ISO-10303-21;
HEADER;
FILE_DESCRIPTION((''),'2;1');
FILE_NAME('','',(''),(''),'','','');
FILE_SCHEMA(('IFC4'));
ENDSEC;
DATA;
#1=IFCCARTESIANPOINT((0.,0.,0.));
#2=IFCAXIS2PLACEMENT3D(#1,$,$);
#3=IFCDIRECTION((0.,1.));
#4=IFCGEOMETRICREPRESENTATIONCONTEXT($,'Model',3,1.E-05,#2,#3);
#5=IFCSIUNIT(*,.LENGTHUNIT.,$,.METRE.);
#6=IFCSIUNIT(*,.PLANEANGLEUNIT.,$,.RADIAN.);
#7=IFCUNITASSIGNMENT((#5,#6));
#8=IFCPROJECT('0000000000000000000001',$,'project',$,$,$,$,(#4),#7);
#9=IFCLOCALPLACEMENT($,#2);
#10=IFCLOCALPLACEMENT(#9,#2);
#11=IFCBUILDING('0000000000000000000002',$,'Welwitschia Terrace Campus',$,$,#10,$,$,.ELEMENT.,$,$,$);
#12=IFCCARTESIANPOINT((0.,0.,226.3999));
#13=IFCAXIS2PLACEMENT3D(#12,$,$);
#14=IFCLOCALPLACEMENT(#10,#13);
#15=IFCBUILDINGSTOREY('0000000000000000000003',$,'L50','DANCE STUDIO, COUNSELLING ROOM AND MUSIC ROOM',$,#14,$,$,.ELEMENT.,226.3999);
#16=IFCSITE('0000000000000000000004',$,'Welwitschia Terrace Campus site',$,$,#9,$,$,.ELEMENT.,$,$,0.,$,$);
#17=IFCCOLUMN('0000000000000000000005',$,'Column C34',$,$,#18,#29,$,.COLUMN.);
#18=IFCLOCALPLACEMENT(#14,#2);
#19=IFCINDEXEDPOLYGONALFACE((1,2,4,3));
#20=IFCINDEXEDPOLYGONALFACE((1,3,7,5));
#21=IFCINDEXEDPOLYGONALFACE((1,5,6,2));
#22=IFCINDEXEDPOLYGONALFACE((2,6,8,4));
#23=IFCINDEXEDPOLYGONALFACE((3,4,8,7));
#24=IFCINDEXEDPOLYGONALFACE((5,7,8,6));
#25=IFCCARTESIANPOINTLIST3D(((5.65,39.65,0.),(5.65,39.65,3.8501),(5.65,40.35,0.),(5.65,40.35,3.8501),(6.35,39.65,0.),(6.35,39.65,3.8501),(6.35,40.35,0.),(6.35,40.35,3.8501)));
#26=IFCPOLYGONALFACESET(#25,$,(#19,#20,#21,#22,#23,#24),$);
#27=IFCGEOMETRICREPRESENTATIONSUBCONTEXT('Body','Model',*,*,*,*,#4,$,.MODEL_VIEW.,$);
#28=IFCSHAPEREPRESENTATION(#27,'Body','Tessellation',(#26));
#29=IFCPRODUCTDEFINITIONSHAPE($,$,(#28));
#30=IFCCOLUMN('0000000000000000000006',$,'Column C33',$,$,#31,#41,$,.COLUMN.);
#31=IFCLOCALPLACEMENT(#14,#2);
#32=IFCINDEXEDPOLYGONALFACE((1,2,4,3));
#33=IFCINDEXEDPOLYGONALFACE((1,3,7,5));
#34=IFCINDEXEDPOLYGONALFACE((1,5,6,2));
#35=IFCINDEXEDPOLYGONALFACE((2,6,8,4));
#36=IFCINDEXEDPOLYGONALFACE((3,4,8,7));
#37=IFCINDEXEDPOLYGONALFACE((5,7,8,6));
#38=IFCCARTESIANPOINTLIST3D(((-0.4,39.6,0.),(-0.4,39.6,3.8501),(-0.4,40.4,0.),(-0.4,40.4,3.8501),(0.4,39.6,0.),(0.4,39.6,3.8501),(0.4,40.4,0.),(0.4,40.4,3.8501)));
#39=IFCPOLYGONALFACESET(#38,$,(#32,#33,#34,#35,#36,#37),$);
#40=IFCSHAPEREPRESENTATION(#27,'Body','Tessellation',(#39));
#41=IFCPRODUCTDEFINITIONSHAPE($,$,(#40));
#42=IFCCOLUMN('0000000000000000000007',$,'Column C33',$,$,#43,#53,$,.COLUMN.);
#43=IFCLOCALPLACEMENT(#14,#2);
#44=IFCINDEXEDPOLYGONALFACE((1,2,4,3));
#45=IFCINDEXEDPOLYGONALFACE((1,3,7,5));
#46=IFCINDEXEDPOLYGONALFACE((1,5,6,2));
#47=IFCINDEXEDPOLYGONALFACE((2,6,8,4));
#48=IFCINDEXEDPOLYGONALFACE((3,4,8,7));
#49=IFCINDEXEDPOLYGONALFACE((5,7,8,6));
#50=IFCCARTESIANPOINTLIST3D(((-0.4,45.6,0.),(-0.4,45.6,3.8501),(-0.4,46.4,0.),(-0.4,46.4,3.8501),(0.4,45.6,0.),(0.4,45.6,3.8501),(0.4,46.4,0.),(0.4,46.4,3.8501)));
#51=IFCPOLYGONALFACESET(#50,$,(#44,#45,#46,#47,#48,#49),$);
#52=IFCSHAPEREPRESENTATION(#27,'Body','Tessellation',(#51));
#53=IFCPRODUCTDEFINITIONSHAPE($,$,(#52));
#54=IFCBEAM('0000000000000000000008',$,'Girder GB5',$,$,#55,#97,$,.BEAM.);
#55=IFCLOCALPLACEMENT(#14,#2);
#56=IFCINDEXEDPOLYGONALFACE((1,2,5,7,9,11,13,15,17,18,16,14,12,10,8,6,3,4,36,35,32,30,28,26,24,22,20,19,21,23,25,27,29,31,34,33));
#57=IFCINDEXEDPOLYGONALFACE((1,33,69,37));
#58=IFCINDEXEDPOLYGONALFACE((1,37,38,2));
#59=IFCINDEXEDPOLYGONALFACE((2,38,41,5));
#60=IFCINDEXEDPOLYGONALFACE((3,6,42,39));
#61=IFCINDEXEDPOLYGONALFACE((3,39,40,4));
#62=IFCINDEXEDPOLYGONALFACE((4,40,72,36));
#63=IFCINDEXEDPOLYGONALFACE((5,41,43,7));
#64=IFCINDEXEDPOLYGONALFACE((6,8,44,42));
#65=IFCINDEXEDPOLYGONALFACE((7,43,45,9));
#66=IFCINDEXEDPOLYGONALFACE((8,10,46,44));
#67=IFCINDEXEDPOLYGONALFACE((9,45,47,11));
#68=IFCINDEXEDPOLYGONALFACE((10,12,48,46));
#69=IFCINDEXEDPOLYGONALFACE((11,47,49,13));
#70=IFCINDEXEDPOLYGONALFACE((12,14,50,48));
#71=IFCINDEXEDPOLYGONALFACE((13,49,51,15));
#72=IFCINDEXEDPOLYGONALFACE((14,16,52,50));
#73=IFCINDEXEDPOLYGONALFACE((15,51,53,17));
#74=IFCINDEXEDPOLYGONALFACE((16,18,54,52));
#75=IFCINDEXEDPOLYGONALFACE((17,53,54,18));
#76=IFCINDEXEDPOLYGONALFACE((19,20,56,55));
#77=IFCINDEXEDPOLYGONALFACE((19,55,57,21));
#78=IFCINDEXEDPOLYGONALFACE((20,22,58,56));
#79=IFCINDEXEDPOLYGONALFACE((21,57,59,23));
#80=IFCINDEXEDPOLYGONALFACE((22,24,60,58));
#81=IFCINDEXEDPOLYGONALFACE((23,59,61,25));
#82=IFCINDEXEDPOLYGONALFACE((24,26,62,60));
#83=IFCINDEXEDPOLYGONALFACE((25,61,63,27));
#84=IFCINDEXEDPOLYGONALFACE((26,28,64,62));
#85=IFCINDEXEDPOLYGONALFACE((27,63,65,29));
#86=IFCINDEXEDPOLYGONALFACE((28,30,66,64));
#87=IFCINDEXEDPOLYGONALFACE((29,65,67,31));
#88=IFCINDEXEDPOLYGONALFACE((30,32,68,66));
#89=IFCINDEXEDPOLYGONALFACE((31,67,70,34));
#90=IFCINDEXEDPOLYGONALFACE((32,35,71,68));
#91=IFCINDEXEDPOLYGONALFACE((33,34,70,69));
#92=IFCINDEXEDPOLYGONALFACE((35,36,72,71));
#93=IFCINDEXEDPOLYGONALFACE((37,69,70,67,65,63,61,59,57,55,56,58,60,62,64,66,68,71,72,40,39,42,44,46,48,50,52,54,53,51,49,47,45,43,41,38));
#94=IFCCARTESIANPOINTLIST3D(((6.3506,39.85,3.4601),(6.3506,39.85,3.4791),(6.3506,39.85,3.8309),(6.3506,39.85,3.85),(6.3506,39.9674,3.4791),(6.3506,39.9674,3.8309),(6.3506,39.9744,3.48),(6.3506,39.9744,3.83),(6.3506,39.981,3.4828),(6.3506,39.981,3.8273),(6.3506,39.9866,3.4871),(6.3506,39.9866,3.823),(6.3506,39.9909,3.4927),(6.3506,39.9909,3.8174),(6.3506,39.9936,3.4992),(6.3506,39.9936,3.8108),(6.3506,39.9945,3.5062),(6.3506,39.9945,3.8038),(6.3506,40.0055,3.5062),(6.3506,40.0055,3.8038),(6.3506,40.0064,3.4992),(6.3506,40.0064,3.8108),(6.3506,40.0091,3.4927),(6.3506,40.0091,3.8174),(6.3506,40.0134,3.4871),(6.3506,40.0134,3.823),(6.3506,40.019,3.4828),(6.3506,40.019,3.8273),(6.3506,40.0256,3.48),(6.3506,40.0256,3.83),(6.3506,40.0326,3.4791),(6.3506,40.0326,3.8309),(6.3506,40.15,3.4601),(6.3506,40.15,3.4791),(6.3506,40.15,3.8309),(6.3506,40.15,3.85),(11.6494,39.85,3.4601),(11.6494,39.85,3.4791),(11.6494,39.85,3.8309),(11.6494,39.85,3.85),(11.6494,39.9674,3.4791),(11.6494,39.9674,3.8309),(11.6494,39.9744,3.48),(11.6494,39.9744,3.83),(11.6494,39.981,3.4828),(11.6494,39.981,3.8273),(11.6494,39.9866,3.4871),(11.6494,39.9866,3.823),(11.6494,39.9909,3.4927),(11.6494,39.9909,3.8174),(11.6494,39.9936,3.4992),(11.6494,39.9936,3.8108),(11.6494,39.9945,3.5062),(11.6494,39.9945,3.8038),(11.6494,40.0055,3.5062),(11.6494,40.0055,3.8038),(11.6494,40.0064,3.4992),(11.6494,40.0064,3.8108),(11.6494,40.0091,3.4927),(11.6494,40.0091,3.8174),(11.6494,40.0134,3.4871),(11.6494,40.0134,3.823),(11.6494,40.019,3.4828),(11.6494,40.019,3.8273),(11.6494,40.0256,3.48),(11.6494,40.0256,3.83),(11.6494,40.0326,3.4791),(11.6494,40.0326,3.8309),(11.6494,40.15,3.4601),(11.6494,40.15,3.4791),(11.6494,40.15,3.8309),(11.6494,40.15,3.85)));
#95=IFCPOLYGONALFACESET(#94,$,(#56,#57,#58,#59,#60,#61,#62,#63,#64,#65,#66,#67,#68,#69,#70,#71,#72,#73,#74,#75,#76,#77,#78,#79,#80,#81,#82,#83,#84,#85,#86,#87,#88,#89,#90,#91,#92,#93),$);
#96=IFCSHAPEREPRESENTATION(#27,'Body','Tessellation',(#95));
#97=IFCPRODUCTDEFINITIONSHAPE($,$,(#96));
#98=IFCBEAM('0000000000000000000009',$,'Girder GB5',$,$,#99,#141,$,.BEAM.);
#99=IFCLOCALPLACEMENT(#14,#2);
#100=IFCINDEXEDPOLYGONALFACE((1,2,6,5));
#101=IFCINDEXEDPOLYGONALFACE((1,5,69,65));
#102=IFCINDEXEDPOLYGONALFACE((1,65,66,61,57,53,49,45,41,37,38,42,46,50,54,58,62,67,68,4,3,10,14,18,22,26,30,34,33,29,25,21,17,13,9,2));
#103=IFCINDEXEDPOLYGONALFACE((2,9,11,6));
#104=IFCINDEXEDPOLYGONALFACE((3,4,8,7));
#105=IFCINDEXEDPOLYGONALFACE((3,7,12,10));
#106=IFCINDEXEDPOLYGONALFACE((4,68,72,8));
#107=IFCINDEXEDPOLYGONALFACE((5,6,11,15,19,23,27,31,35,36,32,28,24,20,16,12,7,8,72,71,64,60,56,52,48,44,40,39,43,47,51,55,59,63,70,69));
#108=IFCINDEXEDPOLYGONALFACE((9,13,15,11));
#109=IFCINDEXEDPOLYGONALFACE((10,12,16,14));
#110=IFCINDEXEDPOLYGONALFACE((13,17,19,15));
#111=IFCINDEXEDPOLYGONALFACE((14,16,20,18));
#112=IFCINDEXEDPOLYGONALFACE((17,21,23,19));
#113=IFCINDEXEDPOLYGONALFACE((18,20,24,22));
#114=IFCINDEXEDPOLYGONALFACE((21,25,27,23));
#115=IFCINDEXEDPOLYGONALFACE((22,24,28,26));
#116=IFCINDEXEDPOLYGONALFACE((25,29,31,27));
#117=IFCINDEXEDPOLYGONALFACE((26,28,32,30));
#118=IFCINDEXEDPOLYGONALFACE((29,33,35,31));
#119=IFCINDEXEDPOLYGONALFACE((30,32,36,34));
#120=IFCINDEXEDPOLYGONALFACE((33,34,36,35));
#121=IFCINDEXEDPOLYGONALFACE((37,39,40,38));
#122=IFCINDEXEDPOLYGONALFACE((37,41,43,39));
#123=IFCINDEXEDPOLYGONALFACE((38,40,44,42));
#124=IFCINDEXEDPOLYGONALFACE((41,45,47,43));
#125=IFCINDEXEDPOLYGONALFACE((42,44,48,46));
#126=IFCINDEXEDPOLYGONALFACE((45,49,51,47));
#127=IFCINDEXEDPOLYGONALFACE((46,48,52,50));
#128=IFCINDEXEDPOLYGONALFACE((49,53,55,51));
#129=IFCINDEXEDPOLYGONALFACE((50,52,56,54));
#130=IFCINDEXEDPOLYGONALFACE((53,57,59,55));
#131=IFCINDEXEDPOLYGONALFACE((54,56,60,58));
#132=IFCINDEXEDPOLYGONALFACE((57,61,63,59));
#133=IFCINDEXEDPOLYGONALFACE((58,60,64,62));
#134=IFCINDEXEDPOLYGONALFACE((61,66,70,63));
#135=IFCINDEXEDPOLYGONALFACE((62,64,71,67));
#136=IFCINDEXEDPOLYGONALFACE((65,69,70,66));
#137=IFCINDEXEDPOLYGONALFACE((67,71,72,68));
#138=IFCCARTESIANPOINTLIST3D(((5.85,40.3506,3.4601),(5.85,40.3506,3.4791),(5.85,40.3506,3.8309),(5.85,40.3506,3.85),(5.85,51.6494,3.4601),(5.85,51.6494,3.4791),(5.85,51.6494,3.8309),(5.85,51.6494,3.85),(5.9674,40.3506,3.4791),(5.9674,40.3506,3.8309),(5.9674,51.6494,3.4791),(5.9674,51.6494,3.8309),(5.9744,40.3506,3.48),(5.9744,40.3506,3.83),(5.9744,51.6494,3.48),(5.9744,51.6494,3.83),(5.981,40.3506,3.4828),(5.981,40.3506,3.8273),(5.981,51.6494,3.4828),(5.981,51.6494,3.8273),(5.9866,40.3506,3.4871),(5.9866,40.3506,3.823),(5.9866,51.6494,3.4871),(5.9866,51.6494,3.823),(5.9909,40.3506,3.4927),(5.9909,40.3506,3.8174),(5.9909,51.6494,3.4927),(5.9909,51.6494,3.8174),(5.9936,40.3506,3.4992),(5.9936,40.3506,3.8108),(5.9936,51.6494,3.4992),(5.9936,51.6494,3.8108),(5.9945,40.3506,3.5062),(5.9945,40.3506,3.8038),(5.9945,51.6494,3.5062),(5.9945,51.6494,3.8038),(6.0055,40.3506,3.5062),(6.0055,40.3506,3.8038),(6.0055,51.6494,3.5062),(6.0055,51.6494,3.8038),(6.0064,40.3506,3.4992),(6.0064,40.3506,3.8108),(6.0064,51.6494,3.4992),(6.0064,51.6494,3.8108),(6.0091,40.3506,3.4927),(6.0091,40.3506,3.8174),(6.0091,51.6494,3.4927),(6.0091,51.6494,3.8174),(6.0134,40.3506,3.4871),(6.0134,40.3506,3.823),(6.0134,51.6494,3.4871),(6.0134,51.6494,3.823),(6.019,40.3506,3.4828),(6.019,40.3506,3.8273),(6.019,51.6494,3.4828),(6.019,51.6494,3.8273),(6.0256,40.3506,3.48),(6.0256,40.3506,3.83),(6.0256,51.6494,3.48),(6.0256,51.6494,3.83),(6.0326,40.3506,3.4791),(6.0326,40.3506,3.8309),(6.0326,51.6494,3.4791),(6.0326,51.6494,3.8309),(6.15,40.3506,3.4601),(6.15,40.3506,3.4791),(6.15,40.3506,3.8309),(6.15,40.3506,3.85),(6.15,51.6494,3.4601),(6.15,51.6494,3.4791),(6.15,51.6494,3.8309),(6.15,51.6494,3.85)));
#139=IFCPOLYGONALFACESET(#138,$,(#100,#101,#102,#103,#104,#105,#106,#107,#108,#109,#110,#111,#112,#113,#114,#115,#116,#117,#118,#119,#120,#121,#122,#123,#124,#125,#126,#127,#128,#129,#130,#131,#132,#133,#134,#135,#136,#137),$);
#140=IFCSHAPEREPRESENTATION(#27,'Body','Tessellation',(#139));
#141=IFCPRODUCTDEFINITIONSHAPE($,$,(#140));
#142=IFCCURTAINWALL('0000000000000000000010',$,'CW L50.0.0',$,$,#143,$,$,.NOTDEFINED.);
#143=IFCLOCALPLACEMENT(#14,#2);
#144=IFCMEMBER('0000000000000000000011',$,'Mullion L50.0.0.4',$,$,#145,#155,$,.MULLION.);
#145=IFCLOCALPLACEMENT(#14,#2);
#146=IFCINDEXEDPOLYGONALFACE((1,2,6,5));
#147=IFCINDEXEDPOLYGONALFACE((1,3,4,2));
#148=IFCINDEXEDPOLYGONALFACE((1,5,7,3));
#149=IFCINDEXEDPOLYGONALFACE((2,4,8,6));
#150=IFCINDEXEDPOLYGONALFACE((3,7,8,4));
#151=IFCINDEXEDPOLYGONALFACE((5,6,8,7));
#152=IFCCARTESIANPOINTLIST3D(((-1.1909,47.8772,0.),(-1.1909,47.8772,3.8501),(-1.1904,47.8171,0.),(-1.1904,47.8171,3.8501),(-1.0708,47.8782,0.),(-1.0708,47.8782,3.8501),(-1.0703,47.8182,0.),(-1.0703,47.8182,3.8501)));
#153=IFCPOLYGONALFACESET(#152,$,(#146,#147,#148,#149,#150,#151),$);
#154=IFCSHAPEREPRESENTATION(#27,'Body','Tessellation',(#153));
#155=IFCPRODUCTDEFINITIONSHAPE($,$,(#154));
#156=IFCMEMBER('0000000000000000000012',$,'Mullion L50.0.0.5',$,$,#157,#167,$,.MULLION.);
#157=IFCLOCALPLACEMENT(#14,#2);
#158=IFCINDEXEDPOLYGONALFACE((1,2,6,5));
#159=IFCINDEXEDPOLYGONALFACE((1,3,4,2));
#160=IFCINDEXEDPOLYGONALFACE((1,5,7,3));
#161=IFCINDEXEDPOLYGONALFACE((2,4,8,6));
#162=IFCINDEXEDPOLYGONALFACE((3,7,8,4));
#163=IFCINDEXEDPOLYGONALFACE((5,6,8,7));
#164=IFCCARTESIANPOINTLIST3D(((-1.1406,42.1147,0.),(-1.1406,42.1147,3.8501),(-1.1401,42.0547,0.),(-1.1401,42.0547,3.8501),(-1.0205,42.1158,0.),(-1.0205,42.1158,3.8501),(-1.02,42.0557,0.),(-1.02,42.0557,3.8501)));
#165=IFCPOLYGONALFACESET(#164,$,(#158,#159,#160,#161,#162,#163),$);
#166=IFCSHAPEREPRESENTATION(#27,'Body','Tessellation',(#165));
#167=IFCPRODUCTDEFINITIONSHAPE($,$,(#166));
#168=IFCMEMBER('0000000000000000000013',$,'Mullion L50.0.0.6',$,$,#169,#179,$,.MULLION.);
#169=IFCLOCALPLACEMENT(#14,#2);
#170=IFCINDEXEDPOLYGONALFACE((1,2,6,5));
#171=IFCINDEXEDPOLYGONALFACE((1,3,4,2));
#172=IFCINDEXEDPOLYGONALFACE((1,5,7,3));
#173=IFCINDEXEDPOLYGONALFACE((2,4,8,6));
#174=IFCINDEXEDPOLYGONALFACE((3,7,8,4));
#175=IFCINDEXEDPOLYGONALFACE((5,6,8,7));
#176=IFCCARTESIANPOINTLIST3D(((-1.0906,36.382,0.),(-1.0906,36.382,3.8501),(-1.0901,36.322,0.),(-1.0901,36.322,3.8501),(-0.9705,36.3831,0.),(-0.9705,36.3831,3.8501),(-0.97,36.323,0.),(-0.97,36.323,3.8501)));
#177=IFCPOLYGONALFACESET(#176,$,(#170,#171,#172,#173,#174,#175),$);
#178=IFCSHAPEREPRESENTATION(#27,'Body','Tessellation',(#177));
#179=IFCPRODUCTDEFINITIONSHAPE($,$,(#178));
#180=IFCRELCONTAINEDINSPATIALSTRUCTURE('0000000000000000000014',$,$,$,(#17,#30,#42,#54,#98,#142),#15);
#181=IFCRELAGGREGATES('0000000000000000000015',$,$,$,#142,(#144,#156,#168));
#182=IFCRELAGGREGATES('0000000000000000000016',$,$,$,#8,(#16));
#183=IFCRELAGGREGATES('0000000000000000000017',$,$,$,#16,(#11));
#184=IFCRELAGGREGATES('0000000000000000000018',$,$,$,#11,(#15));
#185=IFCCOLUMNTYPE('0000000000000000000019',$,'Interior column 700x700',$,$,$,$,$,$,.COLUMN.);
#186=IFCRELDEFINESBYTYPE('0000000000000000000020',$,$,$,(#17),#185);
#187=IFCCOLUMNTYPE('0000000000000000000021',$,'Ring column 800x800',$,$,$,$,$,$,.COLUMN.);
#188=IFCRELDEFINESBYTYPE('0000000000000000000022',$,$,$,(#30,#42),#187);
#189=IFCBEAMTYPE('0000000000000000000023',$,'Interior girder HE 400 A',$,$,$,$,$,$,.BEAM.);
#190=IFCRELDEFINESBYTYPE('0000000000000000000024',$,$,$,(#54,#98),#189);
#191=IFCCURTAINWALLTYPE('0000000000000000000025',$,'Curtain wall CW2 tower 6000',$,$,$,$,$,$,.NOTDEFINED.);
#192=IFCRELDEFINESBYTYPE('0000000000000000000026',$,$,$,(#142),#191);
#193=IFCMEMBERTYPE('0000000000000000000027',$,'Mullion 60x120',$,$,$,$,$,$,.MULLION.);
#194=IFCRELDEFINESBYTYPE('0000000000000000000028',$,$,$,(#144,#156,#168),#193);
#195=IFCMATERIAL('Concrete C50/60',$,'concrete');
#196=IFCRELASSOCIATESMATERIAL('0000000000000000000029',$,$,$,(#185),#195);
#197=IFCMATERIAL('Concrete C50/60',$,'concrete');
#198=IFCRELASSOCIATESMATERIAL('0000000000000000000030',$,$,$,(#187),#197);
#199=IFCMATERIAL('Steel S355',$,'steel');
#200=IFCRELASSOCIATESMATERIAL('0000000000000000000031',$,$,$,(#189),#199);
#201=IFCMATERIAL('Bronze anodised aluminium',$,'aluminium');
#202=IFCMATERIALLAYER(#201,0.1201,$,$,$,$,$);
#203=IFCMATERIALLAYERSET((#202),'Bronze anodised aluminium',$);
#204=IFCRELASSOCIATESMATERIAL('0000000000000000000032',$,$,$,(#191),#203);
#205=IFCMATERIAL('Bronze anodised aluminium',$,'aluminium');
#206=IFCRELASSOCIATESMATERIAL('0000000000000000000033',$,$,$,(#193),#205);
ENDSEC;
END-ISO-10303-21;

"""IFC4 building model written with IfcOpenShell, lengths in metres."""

from ifc_helpers import new_model, si_unit, direction, frame, origin, origin_2d, place, context, subcontext, project, spatial, rectangle, i_section, extrude, material, layer, layer_set, material_profile, profile_set, type_object, element, aggregate, save


model = new_model("IFC4")

# Units and contexts
model_context = context("Model", 3, precision=1e-05, world=origin(), true_north=direction((0.0, 1.0)))
body_context = subcontext(model_context, "Body", "Model", "MODEL_VIEW")
ifc_project = project(units=[si_unit("LENGTHUNIT", "METRE"), si_unit("PLANEANGLEUNIT", "RADIAN")], contexts=[model_context])

# Site, building, storey
site_placement = place(None, origin())
site = spatial("IfcSite", under=ifc_project, at=site_placement, Name="Welwitschia Terrace Campus site", CompositionType="ELEMENT", RefElevation=0.0)
building_placement = place(site_placement, origin())
building = spatial("IfcBuilding", under=site, at=building_placement, Name="Welwitschia Terrace Campus", CompositionType="ELEMENT")
storey_placement = place(building_placement, frame((0.0, 0.0, 226.3999)))
storey = spatial("IfcBuildingStorey", under=building, at=storey_placement, Name="L50", Description="DANCE STUDIO, COUNSELLING ROOM AND MUSIC ROOM", CompositionType="ELEMENT", Elevation=226.3999)

# Columns
ifc_material_1 = material(Name="Concrete C50/60", Category="concrete")
ifc_material_profile_1 = material_profile(ifc_material_1, rectangle(XDim=0.7, YDim=0.7, at=origin_2d()))
ifc_profile_set_1 = profile_set([ifc_material_profile_1], Name="Concrete C50/60")
column_type_1 = type_object("IfcColumnType", Name="Interior column 700x700", PredefinedType="COLUMN", material=ifc_profile_set_1)
column_placement = place(storey_placement, frame((6.0, 40.0, 0.0), z_axis=(0.0, 0.0, 1.0), x_axis=(1.0, 0.0, 0.0)))
element("IfcColumn", 1, at=column_placement, inside=storey, type_object=column_type_1, Name="Column C34", PredefinedType="COLUMN", context=body_context, shape_type="SweptSolid", body=[
    extrude(rectangle(XDim=0.7, YDim=0.7, at=origin_2d()), origin(), (0.0, 0.0, 1.0), 3.8501),
])
ifc_material_2 = material(Name="Concrete C50/60", Category="concrete")
ifc_material_profile_2 = material_profile(ifc_material_2, rectangle(XDim=0.8, YDim=0.8, at=origin_2d()))
ifc_profile_set_2 = profile_set([ifc_material_profile_2], Name="Concrete C50/60")
column_type_2 = type_object("IfcColumnType", Name="Ring column 800x800", PredefinedType="COLUMN", material=ifc_profile_set_2)
for number, where, z_axis, x_axis, name in (
    (2, (0.0, 40.0, 0.0), (0.0, 0.0, 1.0), (1.0, 0.0, 0.0), "Column C33"),
    (3, (0.0, 46.0, 0.0), (0.0, 0.0, 1.0), (1.0, 0.0, 0.0), "Column C33"),
):
    element("IfcColumn", number, at=place(storey_placement, frame(where, z_axis=z_axis, x_axis=x_axis)), inside=storey, type_object=column_type_2, Name=name, PredefinedType="COLUMN", context=body_context, shape_type="SweptSolid", body=[
        extrude(rectangle(XDim=0.8, YDim=0.8, at=origin_2d()), origin(), (0.0, 0.0, 1.0), 3.8501),
    ])

# Beams
ifc_material_3 = material(Name="Steel S355", Category="steel")
ifc_material_profile_3 = material_profile(ifc_material_3, i_section(OverallWidth=0.3, OverallDepth=0.3899, WebThickness=0.011, FlangeThickness=0.019, FilletRadius=0.0271, at=origin_2d()))
ifc_profile_set_3 = profile_set([ifc_material_profile_3], Name="Steel S355")
beam_type_1 = type_object("IfcBeamType", Name="Interior girder HE 400 A", PredefinedType="BEAM", material=ifc_profile_set_3)
beam_1_placement = place(storey_placement, frame((6.3506, 40.0, 3.655), z_axis=(1.0, 0.0, 0.0), x_axis=(0.0, 1.0, 0.0)))
element("IfcBeam", 4, at=beam_1_placement, inside=storey, type_object=beam_type_1, Name="Girder GB5", PredefinedType="BEAM", context=body_context, shape_type="SweptSolid", body=[
    extrude(i_section(OverallWidth=0.3, OverallDepth=0.3899, WebThickness=0.011, FlangeThickness=0.019, FilletRadius=0.0271, at=origin_2d()), origin(), (0.0, 0.0, 1.0), 5.2988),
])
beam_2_placement = place(storey_placement, frame((6.0, 40.3506, 3.655), z_axis=(0.0, 1.0, 0.0), x_axis=(-1.0, 0.0, 0.0)))
element("IfcBeam", 5, at=beam_2_placement, inside=storey, type_object=beam_type_1, Name="Girder GB5", PredefinedType="BEAM", context=body_context, shape_type="SweptSolid", body=[
    extrude(i_section(OverallWidth=0.3, OverallDepth=0.3899, WebThickness=0.011, FlangeThickness=0.019, FilletRadius=0.0271, at=origin_2d()), origin(), (0.0, 0.0, 1.0), 11.2988),
])

# Curtain wall, members
ifc_material_4 = material(Name="Bronze anodised aluminium", Category="aluminium")
ifc_layer_1 = layer(ifc_material_4, 0.1201)
ifc_layer_set_1 = layer_set([ifc_layer_1], Name="Bronze anodised aluminium")
curtain_wall_type = type_object("IfcCurtainWallType", Name="Curtain wall CW2 tower 6000", PredefinedType="NOTDEFINED", material=ifc_layer_set_1)
curtain_wall_placement = place(storey_placement, origin())
curtain_wall = element("IfcCurtainWall", 6, at=curtain_wall_placement, inside=storey, type_object=curtain_wall_type, Name="CW L50.0.0", PredefinedType="NOTDEFINED")
ifc_material_5 = material(Name="Bronze anodised aluminium", Category="aluminium")
ifc_material_profile_4 = material_profile(ifc_material_5, rectangle(XDim=0.1201, YDim=0.0601, at=origin_2d()))
ifc_profile_set_4 = profile_set([ifc_material_profile_4], Name="Bronze anodised aluminium")
member_type = type_object("IfcMemberType", Name="Mullion 60x120", PredefinedType="MULLION", material=ifc_profile_set_4)
member_1_placement = place(storey_placement, frame((-1.1306, 47.8477, 0.0), z_axis=(0.0, 0.0, 1.0), x_axis=(0.999962, 0.008727, 0.0)))
member_1 = element("IfcMember", 7, at=member_1_placement, type_object=member_type, Name="Mullion L50.0.0.4", PredefinedType="MULLION", context=body_context, shape_type="SweptSolid", body=[
    extrude(rectangle(XDim=0.1201, YDim=0.0601, at=origin_2d()), origin(), (0.0, 0.0, 1.0), 3.8501),
])
member_2_placement = place(storey_placement, frame((-1.0803, 42.0852, 0.0), z_axis=(0.0, 0.0, 1.0), x_axis=(0.999962, 0.008727, 0.0)))
member_2 = element("IfcMember", 8, at=member_2_placement, type_object=member_type, Name="Mullion L50.0.0.5", PredefinedType="MULLION", context=body_context, shape_type="SweptSolid", body=[
    extrude(rectangle(XDim=0.1201, YDim=0.0601, at=origin_2d()), origin(), (0.0, 0.0, 1.0), 3.8501),
])
member_3_placement = place(storey_placement, frame((-1.0303, 36.3525, 0.0), z_axis=(0.0, 0.0, 1.0), x_axis=(0.999962, 0.008727, 0.0)))
member_3 = element("IfcMember", 9, at=member_3_placement, type_object=member_type, Name="Mullion L50.0.0.6", PredefinedType="MULLION", context=body_context, shape_type="SweptSolid", body=[
    extrude(rectangle(XDim=0.1201, YDim=0.0601, at=origin_2d()), origin(), (0.0, 0.0, 1.0), 3.8501),
])

aggregate(curtain_wall, [member_1, member_2, member_3])

save(model, "model.ifc")
